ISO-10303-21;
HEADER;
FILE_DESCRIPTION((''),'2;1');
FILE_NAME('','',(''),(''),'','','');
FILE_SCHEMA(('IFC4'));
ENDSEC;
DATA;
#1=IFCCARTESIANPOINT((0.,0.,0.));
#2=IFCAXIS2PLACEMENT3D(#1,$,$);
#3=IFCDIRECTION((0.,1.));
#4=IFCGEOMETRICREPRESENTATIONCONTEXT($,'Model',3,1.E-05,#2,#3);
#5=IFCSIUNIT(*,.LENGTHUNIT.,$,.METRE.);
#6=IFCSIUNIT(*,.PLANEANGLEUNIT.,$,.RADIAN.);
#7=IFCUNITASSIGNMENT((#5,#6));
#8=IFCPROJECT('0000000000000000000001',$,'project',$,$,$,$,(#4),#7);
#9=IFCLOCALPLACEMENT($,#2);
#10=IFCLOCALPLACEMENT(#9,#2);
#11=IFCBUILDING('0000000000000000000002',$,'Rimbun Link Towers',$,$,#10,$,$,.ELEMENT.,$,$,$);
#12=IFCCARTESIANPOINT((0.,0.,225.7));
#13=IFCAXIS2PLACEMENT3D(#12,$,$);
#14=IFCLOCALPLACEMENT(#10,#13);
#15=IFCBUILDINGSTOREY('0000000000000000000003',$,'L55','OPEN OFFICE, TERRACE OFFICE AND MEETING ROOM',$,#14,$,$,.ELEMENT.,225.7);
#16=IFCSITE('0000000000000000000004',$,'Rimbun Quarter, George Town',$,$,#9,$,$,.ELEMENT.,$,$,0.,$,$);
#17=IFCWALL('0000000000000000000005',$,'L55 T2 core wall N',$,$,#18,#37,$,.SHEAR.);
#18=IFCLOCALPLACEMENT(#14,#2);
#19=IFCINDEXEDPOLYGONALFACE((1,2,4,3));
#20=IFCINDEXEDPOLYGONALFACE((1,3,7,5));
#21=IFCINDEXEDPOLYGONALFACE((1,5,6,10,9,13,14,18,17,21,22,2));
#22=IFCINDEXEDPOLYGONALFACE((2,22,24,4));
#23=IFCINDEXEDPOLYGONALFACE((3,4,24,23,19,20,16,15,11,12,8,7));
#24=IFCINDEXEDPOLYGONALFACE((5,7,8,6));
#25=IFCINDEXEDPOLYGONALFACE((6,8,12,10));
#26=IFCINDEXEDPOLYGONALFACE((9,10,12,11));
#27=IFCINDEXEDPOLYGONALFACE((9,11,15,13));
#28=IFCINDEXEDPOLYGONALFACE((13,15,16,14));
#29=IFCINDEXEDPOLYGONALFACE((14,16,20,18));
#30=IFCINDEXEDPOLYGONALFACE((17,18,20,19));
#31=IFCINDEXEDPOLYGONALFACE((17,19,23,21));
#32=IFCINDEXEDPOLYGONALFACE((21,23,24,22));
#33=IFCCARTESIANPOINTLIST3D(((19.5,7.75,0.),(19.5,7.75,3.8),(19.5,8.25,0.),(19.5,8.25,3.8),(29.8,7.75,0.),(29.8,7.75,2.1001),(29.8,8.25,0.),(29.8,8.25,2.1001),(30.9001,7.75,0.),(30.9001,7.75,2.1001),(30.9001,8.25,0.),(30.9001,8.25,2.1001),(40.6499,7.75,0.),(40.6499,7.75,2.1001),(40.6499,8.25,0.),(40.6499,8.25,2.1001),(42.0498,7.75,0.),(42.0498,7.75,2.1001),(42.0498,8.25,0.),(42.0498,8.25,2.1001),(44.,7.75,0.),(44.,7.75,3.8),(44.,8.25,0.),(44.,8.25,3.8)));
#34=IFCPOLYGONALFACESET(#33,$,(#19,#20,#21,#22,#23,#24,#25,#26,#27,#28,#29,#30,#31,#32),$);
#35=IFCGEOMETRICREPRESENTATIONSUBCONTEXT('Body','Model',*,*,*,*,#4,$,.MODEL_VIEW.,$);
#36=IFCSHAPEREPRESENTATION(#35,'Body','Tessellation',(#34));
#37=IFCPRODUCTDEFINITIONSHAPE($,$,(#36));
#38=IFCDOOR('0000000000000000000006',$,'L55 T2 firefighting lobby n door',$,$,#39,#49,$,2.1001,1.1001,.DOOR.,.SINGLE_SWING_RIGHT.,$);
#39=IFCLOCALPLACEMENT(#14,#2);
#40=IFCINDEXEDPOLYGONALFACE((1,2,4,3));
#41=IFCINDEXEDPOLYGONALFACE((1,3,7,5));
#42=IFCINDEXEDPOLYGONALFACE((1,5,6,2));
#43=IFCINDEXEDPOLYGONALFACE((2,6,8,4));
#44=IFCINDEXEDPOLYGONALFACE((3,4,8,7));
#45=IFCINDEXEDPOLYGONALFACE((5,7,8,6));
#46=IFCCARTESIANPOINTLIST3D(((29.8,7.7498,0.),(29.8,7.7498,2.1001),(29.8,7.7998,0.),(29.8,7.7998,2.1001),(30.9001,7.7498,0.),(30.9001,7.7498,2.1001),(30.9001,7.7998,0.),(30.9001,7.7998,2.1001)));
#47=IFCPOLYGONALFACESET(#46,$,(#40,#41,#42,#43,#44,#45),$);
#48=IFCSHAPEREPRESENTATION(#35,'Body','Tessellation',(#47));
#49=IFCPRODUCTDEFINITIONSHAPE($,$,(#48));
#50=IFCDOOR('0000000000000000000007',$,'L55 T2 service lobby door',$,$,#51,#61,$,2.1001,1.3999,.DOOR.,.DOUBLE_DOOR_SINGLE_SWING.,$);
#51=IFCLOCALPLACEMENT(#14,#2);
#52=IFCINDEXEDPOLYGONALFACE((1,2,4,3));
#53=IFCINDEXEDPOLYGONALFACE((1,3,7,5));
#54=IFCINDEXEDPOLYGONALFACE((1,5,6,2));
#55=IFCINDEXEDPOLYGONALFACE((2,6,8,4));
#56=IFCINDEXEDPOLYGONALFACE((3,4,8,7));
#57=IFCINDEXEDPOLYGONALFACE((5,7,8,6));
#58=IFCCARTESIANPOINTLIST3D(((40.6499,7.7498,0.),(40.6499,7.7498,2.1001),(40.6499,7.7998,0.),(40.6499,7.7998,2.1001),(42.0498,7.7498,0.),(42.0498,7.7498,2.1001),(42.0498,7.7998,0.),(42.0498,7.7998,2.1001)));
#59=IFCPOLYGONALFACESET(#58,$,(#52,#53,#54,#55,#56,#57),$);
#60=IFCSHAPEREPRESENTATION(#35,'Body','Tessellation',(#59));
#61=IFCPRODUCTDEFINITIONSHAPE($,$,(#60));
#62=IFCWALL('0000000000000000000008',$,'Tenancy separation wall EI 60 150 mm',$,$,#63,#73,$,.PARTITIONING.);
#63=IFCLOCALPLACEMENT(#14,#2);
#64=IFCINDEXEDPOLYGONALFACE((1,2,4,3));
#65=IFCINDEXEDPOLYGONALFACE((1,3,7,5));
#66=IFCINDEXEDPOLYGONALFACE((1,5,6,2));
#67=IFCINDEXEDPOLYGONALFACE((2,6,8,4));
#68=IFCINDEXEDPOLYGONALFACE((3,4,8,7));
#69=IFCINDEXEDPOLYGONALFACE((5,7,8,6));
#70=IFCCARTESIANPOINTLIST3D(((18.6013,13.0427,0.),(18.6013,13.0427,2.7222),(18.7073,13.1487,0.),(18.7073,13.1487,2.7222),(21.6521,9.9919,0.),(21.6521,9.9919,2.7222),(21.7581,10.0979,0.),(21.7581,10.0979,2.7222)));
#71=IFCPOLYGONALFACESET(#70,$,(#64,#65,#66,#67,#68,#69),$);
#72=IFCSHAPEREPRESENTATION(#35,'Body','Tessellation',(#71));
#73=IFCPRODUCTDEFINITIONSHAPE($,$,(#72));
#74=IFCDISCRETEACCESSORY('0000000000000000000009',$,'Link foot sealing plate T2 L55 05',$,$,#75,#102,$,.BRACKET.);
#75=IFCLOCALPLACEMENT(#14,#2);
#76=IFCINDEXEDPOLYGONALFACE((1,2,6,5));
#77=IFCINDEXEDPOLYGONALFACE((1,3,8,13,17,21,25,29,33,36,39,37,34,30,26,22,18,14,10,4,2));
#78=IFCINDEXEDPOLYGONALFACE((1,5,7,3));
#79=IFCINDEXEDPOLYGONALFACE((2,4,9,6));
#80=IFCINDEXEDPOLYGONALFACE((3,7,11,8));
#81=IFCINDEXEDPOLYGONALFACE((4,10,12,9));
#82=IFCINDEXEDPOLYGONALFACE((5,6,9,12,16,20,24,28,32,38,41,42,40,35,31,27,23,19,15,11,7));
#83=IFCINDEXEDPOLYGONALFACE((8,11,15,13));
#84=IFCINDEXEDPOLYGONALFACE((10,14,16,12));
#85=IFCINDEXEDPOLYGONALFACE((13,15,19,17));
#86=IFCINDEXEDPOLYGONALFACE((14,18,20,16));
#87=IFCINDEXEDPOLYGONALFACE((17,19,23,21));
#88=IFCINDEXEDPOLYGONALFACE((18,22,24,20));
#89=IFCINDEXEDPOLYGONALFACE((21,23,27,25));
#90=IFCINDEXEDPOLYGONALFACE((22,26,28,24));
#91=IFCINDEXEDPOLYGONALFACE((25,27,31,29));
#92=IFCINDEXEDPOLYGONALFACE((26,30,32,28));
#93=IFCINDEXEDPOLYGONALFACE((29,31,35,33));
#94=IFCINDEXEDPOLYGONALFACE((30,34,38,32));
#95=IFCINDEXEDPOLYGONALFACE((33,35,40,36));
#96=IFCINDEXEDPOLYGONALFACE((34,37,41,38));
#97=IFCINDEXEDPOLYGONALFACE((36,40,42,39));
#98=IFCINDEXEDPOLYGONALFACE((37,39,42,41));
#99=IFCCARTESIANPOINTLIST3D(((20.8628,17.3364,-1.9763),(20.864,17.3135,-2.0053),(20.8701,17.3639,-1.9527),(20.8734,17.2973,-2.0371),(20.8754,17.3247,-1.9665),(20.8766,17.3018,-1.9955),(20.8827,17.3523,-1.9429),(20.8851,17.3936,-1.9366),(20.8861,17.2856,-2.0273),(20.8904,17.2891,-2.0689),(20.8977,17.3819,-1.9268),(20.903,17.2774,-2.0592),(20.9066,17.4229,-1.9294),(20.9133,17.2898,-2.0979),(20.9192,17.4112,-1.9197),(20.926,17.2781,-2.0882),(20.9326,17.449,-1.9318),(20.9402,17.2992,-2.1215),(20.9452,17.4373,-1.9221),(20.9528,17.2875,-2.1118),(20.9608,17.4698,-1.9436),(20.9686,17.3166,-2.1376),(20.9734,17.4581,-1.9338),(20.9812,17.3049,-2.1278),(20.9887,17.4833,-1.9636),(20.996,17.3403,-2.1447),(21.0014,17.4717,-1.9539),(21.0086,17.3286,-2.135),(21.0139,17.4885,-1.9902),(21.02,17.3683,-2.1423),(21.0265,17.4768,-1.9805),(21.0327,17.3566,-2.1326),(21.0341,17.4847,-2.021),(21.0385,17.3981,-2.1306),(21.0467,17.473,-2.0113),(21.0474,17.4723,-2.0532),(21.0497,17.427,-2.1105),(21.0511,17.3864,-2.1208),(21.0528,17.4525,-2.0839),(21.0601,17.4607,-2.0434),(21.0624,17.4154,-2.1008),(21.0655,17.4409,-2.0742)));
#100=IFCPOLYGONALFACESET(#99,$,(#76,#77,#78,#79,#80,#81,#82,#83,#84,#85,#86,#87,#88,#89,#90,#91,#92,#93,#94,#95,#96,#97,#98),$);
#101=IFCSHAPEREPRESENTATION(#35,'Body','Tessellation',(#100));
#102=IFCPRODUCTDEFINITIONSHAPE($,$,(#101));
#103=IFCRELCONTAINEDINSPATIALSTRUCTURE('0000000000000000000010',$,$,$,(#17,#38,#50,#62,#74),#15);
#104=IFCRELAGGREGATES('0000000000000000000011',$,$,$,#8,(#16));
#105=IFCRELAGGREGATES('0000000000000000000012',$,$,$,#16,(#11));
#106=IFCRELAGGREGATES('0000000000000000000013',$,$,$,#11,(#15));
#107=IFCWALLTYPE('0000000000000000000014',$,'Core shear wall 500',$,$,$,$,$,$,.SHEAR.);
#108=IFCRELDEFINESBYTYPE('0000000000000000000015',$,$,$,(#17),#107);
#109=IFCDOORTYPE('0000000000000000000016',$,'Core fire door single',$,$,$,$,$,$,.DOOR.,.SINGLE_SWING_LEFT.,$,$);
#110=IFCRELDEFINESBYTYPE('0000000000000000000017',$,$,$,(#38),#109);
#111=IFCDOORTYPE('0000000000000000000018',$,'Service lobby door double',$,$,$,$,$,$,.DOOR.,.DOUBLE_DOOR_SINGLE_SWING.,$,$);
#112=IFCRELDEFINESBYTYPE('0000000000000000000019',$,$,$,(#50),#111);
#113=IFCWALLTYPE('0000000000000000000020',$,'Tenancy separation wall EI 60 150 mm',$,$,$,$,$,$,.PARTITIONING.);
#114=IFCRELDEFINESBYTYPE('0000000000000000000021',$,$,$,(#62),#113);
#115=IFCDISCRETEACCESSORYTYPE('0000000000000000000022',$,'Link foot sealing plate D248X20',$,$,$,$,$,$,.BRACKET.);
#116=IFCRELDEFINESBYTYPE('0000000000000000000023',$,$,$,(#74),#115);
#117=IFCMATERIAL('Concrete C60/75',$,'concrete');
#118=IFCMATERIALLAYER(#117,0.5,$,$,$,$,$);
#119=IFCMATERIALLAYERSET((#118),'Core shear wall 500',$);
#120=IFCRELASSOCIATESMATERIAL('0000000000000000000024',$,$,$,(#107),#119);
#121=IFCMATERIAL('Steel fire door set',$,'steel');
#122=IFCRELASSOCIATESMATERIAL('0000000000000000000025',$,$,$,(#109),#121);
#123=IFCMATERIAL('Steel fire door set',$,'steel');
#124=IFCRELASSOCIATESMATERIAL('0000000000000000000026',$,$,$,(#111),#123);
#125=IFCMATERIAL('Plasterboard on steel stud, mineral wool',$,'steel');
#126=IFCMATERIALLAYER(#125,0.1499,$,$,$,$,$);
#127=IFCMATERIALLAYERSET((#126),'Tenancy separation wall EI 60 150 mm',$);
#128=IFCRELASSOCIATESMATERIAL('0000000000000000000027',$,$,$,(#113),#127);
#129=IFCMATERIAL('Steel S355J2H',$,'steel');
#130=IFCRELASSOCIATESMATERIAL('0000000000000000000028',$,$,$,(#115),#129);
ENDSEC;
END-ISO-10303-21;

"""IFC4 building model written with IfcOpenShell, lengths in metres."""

from ifc_helpers import new_model, si_unit, direction, frame, frame_2d, origin, origin_2d, place, context, subcontext, project, spatial, rectangle, circle, extrude, material, layer, layer_set, material_profile, profile_set, type_object, element, fill, save


model = new_model("IFC4")

# Units and contexts
model_context = context("Model", 3, precision=1e-05, world=origin(), true_north=direction((0.0, 1.0)))
body_context = subcontext(model_context, "Body", "Model", "MODEL_VIEW")
ifc_project = project(units=[si_unit("LENGTHUNIT", "METRE"), si_unit("PLANEANGLEUNIT", "RADIAN")], contexts=[model_context])

# Site, building, storey
site_placement = place(None, origin())
site = spatial("IfcSite", under=ifc_project, at=site_placement, Name="Rimbun Quarter, George Town", CompositionType="ELEMENT", RefElevation=0.0)
building_placement = place(site_placement, origin())
building = spatial("IfcBuilding", under=site, at=building_placement, Name="Rimbun Link Towers", CompositionType="ELEMENT")
storey_placement = place(building_placement, frame((0.0, 0.0, 225.7)))
storey = spatial("IfcBuildingStorey", under=building, at=storey_placement, Name="L55", Description="OPEN OFFICE, TERRACE OFFICE AND MEETING ROOM", CompositionType="ELEMENT", Elevation=225.7)

# Wall, openings, doors
ifc_material_1 = material(Name="Concrete C60/75", Category="concrete")
ifc_layer_1 = layer(ifc_material_1, 0.5)
ifc_layer_set_1 = layer_set([ifc_layer_1], Name="Core shear wall 500")
wall_type_1 = type_object("IfcWallType", Name="Core shear wall 500", PredefinedType="SHEAR", material=ifc_layer_set_1)
wall_1_placement = place(storey_placement, frame((19.5, 8.0, 0.0), z_axis=(0.0, 0.0, 1.0), x_axis=(1.0, 0.0, 0.0)))
wall_1 = element("IfcWall", 1, at=wall_1_placement, inside=storey, type_object=wall_type_1, Name="L55 T2 core wall N", PredefinedType="SHEAR", context=body_context, shape_type="SweptSolid", body=[
    extrude(rectangle(XDim=24.5, YDim=0.5, at=frame_2d((12.25, 0.0))), origin(), (0.0, 0.0, 1.0), 3.8),
])
opening_1_placement = place(wall_1_placement, frame((10.3, 0.0, 0.0)))
opening_1 = element("IfcOpeningElement", 2, at=opening_1_placement, cuts=wall_1, PredefinedType="OPENING", context=body_context, shape_type="SweptSolid", body=[
    extrude(rectangle(XDim=1.1001, YDim=2.1001, at=frame_2d((0.55, 1.05))), frame((0.0, 0.26, 0.0), z_axis=(0.0, -1.0, 0.0), x_axis=(1.0, 0.0, 0.0)), (0.0, 0.0, 1.0), 0.52),
])
opening_2_placement = place(wall_1_placement, frame((21.1499, 0.0, 0.0)))
opening_2 = element("IfcOpeningElement", 3, at=opening_2_placement, cuts=wall_1, PredefinedType="OPENING", context=body_context, shape_type="SweptSolid", body=[
    extrude(rectangle(XDim=1.3999, YDim=2.1001, at=frame_2d((0.7, 1.05))), frame((0.0, 0.26, 0.0), z_axis=(0.0, -1.0, 0.0), x_axis=(1.0, 0.0, 0.0)), (0.0, 0.0, 1.0), 0.52),
])
ifc_material_2 = material(Name="Steel fire door set", Category="steel")
door_type_1 = type_object("IfcDoorType", Name="Core fire door single", OperationType="SINGLE_SWING_LEFT", PredefinedType="DOOR", material=ifc_material_2)
door_1_placement = place(opening_1_placement, origin())
door_1 = element("IfcDoor", 4, at=door_1_placement, inside=storey, type_object=door_type_1, Name="L55 T2 firefighting lobby n door", OperationType="SINGLE_SWING_RIGHT", OverallHeight=2.1001, OverallWidth=1.1001, PredefinedType="DOOR", context=body_context, shape_type="SweptSolid", body=[
    extrude(rectangle(XDim=1.1001, YDim=2.1001, at=frame_2d((0.55, 1.05))), frame((0.0, -0.2002, 0.0), z_axis=(0.0, -1.0, 0.0), x_axis=(1.0, 0.0, 0.0)), (0.0, 0.0, 1.0), 0.05),
])
fill(opening_1, door_1)
ifc_material_3 = material(Name="Steel fire door set", Category="steel")
door_type_2 = type_object("IfcDoorType", Name="Service lobby door double", OperationType="DOUBLE_DOOR_SINGLE_SWING", PredefinedType="DOOR", material=ifc_material_3)
door_2_placement = place(opening_2_placement, origin())
door_2 = element("IfcDoor", 5, at=door_2_placement, inside=storey, type_object=door_type_2, Name="L55 T2 service lobby door", OperationType="DOUBLE_DOOR_SINGLE_SWING", OverallHeight=2.1001, OverallWidth=1.3999, PredefinedType="DOOR", context=body_context, shape_type="SweptSolid", body=[
    extrude(rectangle(XDim=1.3999, YDim=2.1001, at=frame_2d((0.7, 1.05))), frame((0.0, -0.2002, 0.0), z_axis=(0.0, -1.0, 0.0), x_axis=(1.0, 0.0, 0.0)), (0.0, 0.0, 1.0), 0.05),
])
fill(opening_2, door_2)

# Wall
ifc_material_4 = material(Name="Plasterboard on steel stud, mineral wool", Category="steel")
ifc_layer_2 = layer(ifc_material_4, 0.1499)
ifc_layer_set_2 = layer_set([ifc_layer_2], Name="Tenancy separation wall EI 60 150 mm")
wall_type_2 = type_object("IfcWallType", Name="Tenancy separation wall EI 60 150 mm", PredefinedType="PARTITIONING", material=ifc_layer_set_2)
wall_2_placement = place(storey_placement, frame((21.7051, 10.0449, 0.0), z_axis=(0.0, 0.0, 1.0), x_axis=(-0.707107, 0.707107, 0.0)))
element("IfcWall", 6, at=wall_2_placement, inside=storey, type_object=wall_type_2, Name="Tenancy separation wall EI 60 150 mm", PredefinedType="PARTITIONING", context=body_context, shape_type="SweptSolid", body=[
    extrude(rectangle(XDim=4.3145, YDim=0.1499, at=frame_2d((2.1572, 0.0))), origin(), (0.0, 0.0, 1.0), 2.7222),
])

# Discrete accessory
ifc_material_5 = material(Name="Steel S355J2H", Category="steel")
ifc_material_profile_1 = material_profile(ifc_material_5, circle(Radius=0.124, at=origin_2d()), Name="PL D248")
ifc_profile_set_1 = profile_set([ifc_material_profile_1], Name="Steel S355J2H")
discrete_accessory_type = type_object("IfcDiscreteAccessoryType", Name="Link foot sealing plate D248X20", PredefinedType="BRACKET", material=ifc_profile_set_1)
discrete_accessory_placement = place(storey_placement, frame((20.9702, 17.3767, -2.0273), z_axis=(-0.639688, 0.590481, -0.492068), x_axis=(-0.67828, -0.734803, 0.0)))
element("IfcDiscreteAccessory", 7, at=discrete_accessory_placement, inside=storey, type_object=discrete_accessory_type, Name="Link foot sealing plate T2 L55 05", PredefinedType="BRACKET", context=body_context, shape_type="SweptSolid", body=[
    extrude(circle(Radius=0.124, at=origin_2d()), origin(), (0.0, 0.0, 1.0), 0.0198),
])

save(model, "model.ifc")
